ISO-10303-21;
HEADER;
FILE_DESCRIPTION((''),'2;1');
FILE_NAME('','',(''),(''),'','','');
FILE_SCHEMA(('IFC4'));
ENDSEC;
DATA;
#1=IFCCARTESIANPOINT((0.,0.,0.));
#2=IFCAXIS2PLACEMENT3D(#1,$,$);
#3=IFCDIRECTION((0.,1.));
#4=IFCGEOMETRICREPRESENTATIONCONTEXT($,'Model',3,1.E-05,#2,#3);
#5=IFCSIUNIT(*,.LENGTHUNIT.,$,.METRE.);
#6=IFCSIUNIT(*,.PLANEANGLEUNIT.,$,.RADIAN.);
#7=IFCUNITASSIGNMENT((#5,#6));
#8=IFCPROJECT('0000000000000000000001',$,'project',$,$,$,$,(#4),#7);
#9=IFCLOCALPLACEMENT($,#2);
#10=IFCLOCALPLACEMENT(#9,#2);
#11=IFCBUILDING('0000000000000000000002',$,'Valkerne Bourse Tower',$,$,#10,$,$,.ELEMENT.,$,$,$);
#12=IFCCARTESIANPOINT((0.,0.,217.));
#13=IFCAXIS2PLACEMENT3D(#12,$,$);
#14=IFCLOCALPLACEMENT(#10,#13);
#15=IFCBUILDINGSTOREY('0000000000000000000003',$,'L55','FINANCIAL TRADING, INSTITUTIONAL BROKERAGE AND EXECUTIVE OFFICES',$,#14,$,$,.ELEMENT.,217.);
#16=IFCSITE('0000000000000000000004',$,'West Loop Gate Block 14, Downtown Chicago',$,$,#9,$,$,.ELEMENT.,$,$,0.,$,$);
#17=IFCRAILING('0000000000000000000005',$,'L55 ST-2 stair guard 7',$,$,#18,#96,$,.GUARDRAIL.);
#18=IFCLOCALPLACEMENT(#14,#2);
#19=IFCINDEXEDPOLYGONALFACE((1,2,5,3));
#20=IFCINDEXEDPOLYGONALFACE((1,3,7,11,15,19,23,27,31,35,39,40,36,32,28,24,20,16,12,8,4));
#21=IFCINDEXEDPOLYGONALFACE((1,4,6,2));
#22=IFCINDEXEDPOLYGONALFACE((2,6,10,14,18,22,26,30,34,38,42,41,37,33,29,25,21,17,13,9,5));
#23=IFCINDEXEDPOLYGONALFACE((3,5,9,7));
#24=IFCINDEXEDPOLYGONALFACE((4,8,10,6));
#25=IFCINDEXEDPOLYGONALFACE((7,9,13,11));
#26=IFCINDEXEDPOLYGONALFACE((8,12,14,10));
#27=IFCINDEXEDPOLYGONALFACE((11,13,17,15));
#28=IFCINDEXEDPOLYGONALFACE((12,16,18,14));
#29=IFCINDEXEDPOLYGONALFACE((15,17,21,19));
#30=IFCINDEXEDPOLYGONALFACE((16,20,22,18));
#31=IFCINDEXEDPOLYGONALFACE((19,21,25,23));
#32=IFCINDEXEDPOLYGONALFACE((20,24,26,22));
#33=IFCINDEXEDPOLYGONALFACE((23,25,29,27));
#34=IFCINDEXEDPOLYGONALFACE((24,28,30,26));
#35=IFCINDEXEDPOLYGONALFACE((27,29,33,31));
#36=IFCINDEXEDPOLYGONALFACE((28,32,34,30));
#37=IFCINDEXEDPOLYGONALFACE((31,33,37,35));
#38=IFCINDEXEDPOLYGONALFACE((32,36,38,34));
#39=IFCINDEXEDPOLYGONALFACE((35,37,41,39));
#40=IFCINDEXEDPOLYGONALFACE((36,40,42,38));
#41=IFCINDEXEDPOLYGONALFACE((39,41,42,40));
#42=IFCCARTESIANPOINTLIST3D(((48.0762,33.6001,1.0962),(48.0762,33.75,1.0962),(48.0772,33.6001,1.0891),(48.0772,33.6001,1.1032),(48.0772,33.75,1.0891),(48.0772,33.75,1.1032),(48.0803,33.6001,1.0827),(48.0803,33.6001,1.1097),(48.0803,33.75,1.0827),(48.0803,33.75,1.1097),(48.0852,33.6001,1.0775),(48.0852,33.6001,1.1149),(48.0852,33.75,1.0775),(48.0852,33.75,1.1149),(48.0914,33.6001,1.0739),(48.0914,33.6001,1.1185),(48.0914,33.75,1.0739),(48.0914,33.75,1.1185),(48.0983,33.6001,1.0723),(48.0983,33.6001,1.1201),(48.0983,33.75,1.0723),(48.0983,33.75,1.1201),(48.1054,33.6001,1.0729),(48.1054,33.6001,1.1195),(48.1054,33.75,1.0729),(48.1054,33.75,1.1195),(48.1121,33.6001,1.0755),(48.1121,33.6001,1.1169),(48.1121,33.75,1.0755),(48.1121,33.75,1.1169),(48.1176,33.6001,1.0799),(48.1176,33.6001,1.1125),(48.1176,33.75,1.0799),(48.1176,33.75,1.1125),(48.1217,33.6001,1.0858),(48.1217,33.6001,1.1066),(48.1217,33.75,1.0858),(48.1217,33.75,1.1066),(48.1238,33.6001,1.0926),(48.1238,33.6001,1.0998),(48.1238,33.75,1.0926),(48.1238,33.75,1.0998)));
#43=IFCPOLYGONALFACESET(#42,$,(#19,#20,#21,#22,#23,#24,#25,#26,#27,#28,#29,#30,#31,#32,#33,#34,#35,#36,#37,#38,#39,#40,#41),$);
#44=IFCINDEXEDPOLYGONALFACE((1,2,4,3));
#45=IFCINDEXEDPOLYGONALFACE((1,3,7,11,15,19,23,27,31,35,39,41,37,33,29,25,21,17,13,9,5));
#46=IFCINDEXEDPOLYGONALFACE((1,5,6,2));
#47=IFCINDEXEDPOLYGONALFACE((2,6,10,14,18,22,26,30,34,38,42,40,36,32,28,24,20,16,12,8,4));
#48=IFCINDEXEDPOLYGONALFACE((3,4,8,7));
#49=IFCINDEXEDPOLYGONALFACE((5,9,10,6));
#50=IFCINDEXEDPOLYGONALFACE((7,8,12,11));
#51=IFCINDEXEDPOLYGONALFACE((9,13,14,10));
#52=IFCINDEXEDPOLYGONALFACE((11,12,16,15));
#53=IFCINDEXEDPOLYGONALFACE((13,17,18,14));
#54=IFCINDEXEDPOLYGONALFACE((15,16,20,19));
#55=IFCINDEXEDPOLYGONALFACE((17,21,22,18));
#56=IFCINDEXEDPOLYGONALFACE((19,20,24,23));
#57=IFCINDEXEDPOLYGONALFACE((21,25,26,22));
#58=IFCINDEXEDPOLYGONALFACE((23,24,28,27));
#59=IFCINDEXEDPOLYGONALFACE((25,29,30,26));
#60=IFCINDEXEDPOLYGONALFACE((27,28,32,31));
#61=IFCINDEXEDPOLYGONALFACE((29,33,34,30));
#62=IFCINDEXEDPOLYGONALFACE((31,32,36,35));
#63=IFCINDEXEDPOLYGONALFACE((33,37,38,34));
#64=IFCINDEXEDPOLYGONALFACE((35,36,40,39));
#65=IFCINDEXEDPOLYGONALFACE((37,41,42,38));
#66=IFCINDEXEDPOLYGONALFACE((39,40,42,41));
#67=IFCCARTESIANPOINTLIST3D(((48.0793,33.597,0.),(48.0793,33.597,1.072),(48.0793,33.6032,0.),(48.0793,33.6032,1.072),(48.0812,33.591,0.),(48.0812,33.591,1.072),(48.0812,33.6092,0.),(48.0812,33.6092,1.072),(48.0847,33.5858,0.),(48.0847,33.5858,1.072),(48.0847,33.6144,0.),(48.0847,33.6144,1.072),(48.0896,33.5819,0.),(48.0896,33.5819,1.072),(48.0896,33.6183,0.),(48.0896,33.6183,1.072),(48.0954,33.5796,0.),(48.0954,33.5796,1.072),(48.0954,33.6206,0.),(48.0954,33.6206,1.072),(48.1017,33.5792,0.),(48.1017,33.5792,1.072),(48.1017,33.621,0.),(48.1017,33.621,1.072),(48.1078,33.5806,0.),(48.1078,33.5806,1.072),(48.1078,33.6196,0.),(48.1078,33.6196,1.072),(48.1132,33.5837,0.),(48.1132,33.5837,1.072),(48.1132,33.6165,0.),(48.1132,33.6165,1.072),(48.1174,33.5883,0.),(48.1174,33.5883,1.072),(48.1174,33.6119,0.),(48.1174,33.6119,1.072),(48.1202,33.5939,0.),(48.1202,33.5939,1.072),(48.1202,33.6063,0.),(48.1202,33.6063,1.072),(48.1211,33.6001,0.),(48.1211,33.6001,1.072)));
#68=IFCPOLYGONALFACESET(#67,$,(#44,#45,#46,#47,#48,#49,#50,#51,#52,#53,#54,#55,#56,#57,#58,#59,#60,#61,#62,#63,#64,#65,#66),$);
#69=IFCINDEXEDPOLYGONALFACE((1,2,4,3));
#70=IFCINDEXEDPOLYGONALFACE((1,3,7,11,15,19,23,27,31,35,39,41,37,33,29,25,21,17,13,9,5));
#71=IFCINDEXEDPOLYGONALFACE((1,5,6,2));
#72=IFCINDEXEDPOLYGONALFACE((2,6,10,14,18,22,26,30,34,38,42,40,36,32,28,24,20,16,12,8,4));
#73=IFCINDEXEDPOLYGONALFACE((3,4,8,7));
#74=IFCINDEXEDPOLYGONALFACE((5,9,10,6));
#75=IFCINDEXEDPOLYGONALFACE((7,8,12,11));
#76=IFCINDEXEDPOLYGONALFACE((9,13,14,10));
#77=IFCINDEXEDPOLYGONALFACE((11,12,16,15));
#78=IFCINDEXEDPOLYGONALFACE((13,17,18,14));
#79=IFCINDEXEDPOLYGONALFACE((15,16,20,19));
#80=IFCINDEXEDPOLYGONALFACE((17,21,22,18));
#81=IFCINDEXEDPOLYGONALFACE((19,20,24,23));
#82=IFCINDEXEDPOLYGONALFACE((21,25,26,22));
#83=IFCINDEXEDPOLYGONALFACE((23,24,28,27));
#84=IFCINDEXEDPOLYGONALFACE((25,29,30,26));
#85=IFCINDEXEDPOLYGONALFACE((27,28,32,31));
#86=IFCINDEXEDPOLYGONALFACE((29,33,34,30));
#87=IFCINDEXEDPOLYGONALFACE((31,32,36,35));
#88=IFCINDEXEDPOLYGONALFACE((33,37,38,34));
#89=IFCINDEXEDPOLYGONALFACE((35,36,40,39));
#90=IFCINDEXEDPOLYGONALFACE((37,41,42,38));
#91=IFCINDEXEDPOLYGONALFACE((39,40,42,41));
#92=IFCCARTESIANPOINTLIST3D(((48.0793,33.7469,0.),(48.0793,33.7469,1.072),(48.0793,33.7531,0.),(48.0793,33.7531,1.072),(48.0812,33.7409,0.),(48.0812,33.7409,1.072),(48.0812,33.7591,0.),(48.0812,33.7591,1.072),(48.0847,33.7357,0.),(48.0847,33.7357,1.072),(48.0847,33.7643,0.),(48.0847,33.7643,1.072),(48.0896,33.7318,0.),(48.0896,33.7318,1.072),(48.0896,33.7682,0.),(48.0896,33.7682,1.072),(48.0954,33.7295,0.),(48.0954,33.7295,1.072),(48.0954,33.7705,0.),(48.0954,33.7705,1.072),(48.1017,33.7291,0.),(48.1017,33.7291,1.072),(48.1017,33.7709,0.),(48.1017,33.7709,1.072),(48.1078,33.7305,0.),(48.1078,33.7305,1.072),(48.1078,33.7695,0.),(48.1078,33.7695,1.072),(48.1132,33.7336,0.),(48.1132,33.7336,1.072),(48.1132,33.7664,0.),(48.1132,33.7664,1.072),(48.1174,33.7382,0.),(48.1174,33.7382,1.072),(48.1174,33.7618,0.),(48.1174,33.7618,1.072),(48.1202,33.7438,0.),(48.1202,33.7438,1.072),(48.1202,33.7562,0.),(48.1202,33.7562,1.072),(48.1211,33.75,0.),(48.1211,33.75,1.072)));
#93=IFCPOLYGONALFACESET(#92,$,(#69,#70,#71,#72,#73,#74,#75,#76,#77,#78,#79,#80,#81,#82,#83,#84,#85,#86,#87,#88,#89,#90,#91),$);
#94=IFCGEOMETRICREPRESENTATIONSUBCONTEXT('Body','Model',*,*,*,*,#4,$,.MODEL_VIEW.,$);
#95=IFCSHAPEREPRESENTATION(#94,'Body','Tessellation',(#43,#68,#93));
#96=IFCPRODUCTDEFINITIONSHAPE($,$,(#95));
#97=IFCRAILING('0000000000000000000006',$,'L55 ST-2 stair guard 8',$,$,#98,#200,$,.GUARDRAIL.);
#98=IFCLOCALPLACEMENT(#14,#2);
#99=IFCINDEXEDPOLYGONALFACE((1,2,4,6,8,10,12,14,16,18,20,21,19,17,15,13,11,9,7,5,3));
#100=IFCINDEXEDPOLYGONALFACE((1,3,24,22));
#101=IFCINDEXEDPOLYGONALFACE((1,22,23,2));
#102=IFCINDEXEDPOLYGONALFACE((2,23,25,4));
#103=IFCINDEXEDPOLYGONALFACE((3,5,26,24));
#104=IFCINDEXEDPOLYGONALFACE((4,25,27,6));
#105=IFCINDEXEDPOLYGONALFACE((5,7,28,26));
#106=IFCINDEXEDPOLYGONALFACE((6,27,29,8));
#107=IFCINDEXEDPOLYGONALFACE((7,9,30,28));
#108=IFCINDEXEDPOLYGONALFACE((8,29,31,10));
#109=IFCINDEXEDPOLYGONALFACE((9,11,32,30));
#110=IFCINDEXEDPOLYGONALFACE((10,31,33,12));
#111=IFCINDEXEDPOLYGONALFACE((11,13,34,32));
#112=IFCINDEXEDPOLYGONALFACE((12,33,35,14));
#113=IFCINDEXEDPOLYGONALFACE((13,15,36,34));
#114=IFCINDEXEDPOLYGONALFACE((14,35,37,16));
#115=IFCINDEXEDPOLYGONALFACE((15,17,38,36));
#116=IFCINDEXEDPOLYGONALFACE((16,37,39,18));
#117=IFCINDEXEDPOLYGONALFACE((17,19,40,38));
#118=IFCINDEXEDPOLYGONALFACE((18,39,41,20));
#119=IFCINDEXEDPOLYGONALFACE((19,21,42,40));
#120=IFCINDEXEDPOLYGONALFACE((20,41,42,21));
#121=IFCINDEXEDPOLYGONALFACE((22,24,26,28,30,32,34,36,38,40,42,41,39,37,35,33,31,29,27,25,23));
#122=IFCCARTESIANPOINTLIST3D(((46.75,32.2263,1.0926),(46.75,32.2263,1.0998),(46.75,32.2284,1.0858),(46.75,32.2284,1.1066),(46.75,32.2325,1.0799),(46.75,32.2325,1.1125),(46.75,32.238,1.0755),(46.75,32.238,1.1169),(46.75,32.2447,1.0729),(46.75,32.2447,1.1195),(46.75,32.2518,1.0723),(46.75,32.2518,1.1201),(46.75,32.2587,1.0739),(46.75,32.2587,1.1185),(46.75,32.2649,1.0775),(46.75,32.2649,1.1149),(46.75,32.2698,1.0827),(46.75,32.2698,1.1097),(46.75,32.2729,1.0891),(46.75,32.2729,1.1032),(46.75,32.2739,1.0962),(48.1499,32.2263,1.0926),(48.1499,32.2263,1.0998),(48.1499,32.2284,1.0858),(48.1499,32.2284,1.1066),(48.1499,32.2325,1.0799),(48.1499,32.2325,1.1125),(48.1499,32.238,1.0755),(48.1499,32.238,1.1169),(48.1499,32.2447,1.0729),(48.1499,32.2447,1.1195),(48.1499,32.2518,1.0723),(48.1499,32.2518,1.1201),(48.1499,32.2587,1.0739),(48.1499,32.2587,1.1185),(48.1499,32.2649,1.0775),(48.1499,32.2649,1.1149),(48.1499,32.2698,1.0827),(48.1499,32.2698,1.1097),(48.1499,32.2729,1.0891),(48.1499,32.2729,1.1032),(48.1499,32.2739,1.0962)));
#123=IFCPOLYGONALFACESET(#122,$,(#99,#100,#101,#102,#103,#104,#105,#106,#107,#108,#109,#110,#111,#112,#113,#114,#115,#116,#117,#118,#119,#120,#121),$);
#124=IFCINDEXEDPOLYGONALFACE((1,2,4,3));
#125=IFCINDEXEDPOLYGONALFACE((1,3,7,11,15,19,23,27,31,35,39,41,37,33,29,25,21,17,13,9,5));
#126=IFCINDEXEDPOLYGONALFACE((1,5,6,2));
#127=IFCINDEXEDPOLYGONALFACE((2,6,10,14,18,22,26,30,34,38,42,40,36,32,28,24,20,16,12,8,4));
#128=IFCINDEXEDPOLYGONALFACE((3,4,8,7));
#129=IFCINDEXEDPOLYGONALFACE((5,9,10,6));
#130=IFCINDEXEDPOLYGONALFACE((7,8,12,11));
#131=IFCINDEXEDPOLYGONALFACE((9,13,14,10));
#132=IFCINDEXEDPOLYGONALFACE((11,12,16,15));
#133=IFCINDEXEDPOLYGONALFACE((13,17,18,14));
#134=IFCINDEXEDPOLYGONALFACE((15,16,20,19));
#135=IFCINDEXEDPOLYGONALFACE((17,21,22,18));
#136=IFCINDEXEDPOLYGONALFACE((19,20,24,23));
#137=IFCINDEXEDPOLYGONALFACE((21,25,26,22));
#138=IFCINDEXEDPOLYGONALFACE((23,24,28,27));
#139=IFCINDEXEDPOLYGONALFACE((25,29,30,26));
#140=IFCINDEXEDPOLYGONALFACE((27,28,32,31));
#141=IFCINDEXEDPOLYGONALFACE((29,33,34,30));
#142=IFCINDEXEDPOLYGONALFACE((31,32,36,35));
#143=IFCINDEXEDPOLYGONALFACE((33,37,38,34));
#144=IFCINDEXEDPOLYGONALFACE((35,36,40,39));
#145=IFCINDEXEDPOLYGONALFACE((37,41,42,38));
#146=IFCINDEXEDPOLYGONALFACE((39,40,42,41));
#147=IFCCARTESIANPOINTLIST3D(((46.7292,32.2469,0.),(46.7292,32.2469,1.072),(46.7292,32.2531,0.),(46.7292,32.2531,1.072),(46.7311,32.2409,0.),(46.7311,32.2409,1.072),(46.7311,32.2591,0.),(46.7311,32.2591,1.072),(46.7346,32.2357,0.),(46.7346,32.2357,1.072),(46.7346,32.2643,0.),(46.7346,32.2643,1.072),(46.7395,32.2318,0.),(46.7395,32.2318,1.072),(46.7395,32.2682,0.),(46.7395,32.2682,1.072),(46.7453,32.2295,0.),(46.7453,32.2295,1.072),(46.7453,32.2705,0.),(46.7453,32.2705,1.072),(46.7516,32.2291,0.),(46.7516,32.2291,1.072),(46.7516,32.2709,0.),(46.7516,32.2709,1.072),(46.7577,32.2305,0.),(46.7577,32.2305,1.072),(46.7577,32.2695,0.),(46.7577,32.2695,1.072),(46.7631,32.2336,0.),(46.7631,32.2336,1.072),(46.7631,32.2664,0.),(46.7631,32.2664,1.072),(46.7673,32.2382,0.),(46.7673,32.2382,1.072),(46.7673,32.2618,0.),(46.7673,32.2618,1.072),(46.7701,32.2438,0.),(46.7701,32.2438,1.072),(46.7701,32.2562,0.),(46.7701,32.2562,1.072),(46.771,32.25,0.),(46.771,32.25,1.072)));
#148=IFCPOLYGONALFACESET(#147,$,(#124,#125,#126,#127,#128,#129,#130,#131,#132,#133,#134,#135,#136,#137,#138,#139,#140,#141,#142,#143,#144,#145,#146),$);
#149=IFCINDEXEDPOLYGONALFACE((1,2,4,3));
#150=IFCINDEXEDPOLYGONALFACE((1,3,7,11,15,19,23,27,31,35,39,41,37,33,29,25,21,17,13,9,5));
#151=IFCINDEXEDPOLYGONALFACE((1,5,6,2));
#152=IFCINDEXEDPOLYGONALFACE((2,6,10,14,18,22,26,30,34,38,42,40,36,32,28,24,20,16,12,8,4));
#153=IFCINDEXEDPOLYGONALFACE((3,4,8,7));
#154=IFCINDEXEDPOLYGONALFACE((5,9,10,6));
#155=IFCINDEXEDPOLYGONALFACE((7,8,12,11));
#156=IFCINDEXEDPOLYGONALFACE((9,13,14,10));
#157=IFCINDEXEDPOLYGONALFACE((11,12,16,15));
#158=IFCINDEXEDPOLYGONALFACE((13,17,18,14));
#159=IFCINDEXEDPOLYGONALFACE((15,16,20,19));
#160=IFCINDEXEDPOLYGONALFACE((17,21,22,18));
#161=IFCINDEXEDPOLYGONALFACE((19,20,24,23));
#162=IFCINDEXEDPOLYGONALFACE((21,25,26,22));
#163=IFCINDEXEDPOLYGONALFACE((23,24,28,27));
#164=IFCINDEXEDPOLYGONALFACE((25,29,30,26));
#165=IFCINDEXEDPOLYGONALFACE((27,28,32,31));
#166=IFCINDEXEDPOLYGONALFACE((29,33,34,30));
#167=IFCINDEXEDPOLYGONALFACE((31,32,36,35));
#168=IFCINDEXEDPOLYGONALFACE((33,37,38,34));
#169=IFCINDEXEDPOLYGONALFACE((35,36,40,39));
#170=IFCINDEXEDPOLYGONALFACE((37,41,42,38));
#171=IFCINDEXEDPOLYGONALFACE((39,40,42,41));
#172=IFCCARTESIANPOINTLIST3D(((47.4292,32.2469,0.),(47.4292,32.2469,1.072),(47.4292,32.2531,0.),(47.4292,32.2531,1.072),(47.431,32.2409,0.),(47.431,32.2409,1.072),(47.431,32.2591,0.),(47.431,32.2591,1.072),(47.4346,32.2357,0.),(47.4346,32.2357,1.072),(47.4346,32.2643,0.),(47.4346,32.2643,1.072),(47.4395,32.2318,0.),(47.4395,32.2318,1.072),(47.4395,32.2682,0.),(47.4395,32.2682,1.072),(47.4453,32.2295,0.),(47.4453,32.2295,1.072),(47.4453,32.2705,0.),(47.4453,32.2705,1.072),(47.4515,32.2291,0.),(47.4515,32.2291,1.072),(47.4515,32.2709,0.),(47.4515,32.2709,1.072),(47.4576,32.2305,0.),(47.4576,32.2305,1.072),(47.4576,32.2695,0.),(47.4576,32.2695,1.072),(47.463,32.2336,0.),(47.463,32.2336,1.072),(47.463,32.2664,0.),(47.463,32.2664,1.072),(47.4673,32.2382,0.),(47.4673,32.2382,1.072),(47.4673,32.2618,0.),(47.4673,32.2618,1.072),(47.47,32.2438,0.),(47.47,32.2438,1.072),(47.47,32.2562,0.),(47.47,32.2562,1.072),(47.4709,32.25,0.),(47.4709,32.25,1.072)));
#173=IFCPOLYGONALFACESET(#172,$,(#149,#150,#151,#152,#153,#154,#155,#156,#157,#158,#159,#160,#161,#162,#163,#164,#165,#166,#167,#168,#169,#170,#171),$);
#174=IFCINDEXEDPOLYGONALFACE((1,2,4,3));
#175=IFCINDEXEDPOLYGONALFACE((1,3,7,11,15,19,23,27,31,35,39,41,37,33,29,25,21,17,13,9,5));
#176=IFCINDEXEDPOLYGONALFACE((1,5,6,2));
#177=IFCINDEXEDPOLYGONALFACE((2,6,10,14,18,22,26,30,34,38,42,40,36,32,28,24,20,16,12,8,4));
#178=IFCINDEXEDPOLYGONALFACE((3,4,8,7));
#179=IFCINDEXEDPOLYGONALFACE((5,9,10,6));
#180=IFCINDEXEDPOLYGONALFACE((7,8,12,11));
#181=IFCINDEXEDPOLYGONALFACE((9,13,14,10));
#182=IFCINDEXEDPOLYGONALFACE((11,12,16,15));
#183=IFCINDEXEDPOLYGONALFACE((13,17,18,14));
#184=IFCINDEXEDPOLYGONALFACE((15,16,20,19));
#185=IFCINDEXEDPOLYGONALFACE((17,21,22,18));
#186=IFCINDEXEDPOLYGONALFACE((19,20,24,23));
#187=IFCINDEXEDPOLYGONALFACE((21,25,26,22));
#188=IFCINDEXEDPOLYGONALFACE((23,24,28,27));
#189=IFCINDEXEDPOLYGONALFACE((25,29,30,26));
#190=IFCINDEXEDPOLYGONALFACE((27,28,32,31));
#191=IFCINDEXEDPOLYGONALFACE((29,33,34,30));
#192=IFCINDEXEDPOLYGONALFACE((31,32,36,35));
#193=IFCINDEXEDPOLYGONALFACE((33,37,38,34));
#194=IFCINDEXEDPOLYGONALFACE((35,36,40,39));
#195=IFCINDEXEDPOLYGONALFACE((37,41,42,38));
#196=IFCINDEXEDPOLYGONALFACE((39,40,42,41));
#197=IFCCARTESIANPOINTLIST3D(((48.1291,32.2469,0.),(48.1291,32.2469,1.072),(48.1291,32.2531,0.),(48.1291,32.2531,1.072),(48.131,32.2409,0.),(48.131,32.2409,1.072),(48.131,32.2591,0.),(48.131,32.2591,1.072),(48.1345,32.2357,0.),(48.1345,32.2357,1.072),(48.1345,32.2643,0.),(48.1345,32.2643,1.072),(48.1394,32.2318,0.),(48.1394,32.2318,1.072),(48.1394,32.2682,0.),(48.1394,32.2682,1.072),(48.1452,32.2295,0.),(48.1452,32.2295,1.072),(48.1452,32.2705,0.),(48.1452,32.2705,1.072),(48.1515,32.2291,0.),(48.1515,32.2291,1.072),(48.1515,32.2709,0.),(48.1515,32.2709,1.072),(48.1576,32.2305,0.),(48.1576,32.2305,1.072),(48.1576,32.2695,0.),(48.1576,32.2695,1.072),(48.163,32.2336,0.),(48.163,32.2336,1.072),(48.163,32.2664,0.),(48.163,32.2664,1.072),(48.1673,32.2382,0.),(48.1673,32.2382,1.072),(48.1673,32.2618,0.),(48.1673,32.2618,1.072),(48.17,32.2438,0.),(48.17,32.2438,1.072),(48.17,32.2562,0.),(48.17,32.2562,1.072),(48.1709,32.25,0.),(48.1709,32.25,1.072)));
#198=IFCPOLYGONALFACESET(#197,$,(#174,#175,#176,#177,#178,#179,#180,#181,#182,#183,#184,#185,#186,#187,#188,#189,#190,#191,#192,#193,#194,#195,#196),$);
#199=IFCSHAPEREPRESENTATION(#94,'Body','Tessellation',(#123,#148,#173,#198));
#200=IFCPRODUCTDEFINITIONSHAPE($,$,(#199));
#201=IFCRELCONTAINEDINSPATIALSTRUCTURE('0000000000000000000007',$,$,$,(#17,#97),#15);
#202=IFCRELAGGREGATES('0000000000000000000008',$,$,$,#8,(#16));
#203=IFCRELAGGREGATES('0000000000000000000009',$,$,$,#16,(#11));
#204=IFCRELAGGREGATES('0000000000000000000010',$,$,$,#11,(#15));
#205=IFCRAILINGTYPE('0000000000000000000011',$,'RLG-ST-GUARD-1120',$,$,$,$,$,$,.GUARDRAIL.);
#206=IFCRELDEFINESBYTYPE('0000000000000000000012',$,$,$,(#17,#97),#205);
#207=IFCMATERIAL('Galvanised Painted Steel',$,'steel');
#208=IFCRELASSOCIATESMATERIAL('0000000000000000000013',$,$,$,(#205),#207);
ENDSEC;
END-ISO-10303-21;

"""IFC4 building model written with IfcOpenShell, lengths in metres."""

from ifc_helpers import new_model, si_unit, direction, frame, origin, origin_2d, place, context, subcontext, project, spatial, circle, extrude, material, type_object, element, save


model = new_model("IFC4")

# Units and contexts
model_context = context("Model", 3, precision=1e-05, world=origin(), true_north=direction((0.0, 1.0)))
body_context = subcontext(model_context, "Body", "Model", "MODEL_VIEW")
ifc_project = project(units=[si_unit("LENGTHUNIT", "METRE"), si_unit("PLANEANGLEUNIT", "RADIAN")], contexts=[model_context])

# Site, building, storey
site_placement = place(None, origin())
site = spatial("IfcSite", under=ifc_project, at=site_placement, Name="West Loop Gate Block 14, Downtown Chicago", CompositionType="ELEMENT", RefElevation=0.0)
building_placement = place(site_placement, origin())
building = spatial("IfcBuilding", under=site, at=building_placement, Name="Valkerne Bourse Tower", CompositionType="ELEMENT")
storey_placement = place(building_placement, frame((0.0, 0.0, 217.0)))
storey = spatial("IfcBuildingStorey", under=building, at=storey_placement, Name="L55", Description="FINANCIAL TRADING, INSTITUTIONAL BROKERAGE AND EXECUTIVE OFFICES", CompositionType="ELEMENT", Elevation=217.0)

# Shared definitions
ifc_material_1 = material(Name="Galvanised Painted Steel", Category="steel")

# Railings
railing_type_1 = type_object("IfcRailingType", Name="RLG-ST-GUARD-1120", PredefinedType="GUARDRAIL", material=ifc_material_1)
railing_1_placement = place(storey_placement, frame((48.1001, 33.6001, 0.0)))
element("IfcRailing", 1, at=railing_1_placement, inside=storey, type_object=railing_type_1, Name="L55 ST-2 stair guard 7", PredefinedType="GUARDRAIL", context=body_context, shape_type="SweptSolid", body=[
    extrude(circle(Radius=0.0239, at=origin_2d()), frame((0.0, 0.0, 1.0962), z_axis=(0.0, 1.0, 0.0), x_axis=(-1.0, 0.0, 0.0)), (0.0, 0.0, 1.0), 0.1499),
    extrude(circle(Radius=0.021, at=origin_2d()), origin(), (0.0, 0.0, 1.0), 1.072),
    extrude(circle(Radius=0.021, at=origin_2d()), frame((0.0, 0.1499, 0.0)), (0.0, 0.0, 1.0), 1.072),
])
for number, where, name in (
    (2, (46.75, 32.25, 0.0), "L55 ST-2 stair guard 8"),
):
    element("IfcRailing", number, at=place(storey_placement, frame(where)), inside=storey, type_object=railing_type_1, Name=name, PredefinedType="GUARDRAIL", context=body_context, shape_type="SweptSolid", body=[
        extrude(circle(Radius=0.0239, at=origin_2d()), frame((0.0, 0.0, 1.0962), z_axis=(1.0, 0.0, 0.0), x_axis=(0.0, 1.0, 0.0)), (0.0, 0.0, 1.0), 1.3999),
        extrude(circle(Radius=0.021, at=origin_2d()), origin(), (0.0, 0.0, 1.0), 1.072),
        extrude(circle(Radius=0.021, at=origin_2d()), frame((0.7, 0.0, 0.0)), (0.0, 0.0, 1.0), 1.072),
        extrude(circle(Radius=0.021, at=origin_2d()), frame((1.3999, 0.0, 0.0)), (0.0, 0.0, 1.0), 1.072),
    ])

save(model, "model.ifc")
